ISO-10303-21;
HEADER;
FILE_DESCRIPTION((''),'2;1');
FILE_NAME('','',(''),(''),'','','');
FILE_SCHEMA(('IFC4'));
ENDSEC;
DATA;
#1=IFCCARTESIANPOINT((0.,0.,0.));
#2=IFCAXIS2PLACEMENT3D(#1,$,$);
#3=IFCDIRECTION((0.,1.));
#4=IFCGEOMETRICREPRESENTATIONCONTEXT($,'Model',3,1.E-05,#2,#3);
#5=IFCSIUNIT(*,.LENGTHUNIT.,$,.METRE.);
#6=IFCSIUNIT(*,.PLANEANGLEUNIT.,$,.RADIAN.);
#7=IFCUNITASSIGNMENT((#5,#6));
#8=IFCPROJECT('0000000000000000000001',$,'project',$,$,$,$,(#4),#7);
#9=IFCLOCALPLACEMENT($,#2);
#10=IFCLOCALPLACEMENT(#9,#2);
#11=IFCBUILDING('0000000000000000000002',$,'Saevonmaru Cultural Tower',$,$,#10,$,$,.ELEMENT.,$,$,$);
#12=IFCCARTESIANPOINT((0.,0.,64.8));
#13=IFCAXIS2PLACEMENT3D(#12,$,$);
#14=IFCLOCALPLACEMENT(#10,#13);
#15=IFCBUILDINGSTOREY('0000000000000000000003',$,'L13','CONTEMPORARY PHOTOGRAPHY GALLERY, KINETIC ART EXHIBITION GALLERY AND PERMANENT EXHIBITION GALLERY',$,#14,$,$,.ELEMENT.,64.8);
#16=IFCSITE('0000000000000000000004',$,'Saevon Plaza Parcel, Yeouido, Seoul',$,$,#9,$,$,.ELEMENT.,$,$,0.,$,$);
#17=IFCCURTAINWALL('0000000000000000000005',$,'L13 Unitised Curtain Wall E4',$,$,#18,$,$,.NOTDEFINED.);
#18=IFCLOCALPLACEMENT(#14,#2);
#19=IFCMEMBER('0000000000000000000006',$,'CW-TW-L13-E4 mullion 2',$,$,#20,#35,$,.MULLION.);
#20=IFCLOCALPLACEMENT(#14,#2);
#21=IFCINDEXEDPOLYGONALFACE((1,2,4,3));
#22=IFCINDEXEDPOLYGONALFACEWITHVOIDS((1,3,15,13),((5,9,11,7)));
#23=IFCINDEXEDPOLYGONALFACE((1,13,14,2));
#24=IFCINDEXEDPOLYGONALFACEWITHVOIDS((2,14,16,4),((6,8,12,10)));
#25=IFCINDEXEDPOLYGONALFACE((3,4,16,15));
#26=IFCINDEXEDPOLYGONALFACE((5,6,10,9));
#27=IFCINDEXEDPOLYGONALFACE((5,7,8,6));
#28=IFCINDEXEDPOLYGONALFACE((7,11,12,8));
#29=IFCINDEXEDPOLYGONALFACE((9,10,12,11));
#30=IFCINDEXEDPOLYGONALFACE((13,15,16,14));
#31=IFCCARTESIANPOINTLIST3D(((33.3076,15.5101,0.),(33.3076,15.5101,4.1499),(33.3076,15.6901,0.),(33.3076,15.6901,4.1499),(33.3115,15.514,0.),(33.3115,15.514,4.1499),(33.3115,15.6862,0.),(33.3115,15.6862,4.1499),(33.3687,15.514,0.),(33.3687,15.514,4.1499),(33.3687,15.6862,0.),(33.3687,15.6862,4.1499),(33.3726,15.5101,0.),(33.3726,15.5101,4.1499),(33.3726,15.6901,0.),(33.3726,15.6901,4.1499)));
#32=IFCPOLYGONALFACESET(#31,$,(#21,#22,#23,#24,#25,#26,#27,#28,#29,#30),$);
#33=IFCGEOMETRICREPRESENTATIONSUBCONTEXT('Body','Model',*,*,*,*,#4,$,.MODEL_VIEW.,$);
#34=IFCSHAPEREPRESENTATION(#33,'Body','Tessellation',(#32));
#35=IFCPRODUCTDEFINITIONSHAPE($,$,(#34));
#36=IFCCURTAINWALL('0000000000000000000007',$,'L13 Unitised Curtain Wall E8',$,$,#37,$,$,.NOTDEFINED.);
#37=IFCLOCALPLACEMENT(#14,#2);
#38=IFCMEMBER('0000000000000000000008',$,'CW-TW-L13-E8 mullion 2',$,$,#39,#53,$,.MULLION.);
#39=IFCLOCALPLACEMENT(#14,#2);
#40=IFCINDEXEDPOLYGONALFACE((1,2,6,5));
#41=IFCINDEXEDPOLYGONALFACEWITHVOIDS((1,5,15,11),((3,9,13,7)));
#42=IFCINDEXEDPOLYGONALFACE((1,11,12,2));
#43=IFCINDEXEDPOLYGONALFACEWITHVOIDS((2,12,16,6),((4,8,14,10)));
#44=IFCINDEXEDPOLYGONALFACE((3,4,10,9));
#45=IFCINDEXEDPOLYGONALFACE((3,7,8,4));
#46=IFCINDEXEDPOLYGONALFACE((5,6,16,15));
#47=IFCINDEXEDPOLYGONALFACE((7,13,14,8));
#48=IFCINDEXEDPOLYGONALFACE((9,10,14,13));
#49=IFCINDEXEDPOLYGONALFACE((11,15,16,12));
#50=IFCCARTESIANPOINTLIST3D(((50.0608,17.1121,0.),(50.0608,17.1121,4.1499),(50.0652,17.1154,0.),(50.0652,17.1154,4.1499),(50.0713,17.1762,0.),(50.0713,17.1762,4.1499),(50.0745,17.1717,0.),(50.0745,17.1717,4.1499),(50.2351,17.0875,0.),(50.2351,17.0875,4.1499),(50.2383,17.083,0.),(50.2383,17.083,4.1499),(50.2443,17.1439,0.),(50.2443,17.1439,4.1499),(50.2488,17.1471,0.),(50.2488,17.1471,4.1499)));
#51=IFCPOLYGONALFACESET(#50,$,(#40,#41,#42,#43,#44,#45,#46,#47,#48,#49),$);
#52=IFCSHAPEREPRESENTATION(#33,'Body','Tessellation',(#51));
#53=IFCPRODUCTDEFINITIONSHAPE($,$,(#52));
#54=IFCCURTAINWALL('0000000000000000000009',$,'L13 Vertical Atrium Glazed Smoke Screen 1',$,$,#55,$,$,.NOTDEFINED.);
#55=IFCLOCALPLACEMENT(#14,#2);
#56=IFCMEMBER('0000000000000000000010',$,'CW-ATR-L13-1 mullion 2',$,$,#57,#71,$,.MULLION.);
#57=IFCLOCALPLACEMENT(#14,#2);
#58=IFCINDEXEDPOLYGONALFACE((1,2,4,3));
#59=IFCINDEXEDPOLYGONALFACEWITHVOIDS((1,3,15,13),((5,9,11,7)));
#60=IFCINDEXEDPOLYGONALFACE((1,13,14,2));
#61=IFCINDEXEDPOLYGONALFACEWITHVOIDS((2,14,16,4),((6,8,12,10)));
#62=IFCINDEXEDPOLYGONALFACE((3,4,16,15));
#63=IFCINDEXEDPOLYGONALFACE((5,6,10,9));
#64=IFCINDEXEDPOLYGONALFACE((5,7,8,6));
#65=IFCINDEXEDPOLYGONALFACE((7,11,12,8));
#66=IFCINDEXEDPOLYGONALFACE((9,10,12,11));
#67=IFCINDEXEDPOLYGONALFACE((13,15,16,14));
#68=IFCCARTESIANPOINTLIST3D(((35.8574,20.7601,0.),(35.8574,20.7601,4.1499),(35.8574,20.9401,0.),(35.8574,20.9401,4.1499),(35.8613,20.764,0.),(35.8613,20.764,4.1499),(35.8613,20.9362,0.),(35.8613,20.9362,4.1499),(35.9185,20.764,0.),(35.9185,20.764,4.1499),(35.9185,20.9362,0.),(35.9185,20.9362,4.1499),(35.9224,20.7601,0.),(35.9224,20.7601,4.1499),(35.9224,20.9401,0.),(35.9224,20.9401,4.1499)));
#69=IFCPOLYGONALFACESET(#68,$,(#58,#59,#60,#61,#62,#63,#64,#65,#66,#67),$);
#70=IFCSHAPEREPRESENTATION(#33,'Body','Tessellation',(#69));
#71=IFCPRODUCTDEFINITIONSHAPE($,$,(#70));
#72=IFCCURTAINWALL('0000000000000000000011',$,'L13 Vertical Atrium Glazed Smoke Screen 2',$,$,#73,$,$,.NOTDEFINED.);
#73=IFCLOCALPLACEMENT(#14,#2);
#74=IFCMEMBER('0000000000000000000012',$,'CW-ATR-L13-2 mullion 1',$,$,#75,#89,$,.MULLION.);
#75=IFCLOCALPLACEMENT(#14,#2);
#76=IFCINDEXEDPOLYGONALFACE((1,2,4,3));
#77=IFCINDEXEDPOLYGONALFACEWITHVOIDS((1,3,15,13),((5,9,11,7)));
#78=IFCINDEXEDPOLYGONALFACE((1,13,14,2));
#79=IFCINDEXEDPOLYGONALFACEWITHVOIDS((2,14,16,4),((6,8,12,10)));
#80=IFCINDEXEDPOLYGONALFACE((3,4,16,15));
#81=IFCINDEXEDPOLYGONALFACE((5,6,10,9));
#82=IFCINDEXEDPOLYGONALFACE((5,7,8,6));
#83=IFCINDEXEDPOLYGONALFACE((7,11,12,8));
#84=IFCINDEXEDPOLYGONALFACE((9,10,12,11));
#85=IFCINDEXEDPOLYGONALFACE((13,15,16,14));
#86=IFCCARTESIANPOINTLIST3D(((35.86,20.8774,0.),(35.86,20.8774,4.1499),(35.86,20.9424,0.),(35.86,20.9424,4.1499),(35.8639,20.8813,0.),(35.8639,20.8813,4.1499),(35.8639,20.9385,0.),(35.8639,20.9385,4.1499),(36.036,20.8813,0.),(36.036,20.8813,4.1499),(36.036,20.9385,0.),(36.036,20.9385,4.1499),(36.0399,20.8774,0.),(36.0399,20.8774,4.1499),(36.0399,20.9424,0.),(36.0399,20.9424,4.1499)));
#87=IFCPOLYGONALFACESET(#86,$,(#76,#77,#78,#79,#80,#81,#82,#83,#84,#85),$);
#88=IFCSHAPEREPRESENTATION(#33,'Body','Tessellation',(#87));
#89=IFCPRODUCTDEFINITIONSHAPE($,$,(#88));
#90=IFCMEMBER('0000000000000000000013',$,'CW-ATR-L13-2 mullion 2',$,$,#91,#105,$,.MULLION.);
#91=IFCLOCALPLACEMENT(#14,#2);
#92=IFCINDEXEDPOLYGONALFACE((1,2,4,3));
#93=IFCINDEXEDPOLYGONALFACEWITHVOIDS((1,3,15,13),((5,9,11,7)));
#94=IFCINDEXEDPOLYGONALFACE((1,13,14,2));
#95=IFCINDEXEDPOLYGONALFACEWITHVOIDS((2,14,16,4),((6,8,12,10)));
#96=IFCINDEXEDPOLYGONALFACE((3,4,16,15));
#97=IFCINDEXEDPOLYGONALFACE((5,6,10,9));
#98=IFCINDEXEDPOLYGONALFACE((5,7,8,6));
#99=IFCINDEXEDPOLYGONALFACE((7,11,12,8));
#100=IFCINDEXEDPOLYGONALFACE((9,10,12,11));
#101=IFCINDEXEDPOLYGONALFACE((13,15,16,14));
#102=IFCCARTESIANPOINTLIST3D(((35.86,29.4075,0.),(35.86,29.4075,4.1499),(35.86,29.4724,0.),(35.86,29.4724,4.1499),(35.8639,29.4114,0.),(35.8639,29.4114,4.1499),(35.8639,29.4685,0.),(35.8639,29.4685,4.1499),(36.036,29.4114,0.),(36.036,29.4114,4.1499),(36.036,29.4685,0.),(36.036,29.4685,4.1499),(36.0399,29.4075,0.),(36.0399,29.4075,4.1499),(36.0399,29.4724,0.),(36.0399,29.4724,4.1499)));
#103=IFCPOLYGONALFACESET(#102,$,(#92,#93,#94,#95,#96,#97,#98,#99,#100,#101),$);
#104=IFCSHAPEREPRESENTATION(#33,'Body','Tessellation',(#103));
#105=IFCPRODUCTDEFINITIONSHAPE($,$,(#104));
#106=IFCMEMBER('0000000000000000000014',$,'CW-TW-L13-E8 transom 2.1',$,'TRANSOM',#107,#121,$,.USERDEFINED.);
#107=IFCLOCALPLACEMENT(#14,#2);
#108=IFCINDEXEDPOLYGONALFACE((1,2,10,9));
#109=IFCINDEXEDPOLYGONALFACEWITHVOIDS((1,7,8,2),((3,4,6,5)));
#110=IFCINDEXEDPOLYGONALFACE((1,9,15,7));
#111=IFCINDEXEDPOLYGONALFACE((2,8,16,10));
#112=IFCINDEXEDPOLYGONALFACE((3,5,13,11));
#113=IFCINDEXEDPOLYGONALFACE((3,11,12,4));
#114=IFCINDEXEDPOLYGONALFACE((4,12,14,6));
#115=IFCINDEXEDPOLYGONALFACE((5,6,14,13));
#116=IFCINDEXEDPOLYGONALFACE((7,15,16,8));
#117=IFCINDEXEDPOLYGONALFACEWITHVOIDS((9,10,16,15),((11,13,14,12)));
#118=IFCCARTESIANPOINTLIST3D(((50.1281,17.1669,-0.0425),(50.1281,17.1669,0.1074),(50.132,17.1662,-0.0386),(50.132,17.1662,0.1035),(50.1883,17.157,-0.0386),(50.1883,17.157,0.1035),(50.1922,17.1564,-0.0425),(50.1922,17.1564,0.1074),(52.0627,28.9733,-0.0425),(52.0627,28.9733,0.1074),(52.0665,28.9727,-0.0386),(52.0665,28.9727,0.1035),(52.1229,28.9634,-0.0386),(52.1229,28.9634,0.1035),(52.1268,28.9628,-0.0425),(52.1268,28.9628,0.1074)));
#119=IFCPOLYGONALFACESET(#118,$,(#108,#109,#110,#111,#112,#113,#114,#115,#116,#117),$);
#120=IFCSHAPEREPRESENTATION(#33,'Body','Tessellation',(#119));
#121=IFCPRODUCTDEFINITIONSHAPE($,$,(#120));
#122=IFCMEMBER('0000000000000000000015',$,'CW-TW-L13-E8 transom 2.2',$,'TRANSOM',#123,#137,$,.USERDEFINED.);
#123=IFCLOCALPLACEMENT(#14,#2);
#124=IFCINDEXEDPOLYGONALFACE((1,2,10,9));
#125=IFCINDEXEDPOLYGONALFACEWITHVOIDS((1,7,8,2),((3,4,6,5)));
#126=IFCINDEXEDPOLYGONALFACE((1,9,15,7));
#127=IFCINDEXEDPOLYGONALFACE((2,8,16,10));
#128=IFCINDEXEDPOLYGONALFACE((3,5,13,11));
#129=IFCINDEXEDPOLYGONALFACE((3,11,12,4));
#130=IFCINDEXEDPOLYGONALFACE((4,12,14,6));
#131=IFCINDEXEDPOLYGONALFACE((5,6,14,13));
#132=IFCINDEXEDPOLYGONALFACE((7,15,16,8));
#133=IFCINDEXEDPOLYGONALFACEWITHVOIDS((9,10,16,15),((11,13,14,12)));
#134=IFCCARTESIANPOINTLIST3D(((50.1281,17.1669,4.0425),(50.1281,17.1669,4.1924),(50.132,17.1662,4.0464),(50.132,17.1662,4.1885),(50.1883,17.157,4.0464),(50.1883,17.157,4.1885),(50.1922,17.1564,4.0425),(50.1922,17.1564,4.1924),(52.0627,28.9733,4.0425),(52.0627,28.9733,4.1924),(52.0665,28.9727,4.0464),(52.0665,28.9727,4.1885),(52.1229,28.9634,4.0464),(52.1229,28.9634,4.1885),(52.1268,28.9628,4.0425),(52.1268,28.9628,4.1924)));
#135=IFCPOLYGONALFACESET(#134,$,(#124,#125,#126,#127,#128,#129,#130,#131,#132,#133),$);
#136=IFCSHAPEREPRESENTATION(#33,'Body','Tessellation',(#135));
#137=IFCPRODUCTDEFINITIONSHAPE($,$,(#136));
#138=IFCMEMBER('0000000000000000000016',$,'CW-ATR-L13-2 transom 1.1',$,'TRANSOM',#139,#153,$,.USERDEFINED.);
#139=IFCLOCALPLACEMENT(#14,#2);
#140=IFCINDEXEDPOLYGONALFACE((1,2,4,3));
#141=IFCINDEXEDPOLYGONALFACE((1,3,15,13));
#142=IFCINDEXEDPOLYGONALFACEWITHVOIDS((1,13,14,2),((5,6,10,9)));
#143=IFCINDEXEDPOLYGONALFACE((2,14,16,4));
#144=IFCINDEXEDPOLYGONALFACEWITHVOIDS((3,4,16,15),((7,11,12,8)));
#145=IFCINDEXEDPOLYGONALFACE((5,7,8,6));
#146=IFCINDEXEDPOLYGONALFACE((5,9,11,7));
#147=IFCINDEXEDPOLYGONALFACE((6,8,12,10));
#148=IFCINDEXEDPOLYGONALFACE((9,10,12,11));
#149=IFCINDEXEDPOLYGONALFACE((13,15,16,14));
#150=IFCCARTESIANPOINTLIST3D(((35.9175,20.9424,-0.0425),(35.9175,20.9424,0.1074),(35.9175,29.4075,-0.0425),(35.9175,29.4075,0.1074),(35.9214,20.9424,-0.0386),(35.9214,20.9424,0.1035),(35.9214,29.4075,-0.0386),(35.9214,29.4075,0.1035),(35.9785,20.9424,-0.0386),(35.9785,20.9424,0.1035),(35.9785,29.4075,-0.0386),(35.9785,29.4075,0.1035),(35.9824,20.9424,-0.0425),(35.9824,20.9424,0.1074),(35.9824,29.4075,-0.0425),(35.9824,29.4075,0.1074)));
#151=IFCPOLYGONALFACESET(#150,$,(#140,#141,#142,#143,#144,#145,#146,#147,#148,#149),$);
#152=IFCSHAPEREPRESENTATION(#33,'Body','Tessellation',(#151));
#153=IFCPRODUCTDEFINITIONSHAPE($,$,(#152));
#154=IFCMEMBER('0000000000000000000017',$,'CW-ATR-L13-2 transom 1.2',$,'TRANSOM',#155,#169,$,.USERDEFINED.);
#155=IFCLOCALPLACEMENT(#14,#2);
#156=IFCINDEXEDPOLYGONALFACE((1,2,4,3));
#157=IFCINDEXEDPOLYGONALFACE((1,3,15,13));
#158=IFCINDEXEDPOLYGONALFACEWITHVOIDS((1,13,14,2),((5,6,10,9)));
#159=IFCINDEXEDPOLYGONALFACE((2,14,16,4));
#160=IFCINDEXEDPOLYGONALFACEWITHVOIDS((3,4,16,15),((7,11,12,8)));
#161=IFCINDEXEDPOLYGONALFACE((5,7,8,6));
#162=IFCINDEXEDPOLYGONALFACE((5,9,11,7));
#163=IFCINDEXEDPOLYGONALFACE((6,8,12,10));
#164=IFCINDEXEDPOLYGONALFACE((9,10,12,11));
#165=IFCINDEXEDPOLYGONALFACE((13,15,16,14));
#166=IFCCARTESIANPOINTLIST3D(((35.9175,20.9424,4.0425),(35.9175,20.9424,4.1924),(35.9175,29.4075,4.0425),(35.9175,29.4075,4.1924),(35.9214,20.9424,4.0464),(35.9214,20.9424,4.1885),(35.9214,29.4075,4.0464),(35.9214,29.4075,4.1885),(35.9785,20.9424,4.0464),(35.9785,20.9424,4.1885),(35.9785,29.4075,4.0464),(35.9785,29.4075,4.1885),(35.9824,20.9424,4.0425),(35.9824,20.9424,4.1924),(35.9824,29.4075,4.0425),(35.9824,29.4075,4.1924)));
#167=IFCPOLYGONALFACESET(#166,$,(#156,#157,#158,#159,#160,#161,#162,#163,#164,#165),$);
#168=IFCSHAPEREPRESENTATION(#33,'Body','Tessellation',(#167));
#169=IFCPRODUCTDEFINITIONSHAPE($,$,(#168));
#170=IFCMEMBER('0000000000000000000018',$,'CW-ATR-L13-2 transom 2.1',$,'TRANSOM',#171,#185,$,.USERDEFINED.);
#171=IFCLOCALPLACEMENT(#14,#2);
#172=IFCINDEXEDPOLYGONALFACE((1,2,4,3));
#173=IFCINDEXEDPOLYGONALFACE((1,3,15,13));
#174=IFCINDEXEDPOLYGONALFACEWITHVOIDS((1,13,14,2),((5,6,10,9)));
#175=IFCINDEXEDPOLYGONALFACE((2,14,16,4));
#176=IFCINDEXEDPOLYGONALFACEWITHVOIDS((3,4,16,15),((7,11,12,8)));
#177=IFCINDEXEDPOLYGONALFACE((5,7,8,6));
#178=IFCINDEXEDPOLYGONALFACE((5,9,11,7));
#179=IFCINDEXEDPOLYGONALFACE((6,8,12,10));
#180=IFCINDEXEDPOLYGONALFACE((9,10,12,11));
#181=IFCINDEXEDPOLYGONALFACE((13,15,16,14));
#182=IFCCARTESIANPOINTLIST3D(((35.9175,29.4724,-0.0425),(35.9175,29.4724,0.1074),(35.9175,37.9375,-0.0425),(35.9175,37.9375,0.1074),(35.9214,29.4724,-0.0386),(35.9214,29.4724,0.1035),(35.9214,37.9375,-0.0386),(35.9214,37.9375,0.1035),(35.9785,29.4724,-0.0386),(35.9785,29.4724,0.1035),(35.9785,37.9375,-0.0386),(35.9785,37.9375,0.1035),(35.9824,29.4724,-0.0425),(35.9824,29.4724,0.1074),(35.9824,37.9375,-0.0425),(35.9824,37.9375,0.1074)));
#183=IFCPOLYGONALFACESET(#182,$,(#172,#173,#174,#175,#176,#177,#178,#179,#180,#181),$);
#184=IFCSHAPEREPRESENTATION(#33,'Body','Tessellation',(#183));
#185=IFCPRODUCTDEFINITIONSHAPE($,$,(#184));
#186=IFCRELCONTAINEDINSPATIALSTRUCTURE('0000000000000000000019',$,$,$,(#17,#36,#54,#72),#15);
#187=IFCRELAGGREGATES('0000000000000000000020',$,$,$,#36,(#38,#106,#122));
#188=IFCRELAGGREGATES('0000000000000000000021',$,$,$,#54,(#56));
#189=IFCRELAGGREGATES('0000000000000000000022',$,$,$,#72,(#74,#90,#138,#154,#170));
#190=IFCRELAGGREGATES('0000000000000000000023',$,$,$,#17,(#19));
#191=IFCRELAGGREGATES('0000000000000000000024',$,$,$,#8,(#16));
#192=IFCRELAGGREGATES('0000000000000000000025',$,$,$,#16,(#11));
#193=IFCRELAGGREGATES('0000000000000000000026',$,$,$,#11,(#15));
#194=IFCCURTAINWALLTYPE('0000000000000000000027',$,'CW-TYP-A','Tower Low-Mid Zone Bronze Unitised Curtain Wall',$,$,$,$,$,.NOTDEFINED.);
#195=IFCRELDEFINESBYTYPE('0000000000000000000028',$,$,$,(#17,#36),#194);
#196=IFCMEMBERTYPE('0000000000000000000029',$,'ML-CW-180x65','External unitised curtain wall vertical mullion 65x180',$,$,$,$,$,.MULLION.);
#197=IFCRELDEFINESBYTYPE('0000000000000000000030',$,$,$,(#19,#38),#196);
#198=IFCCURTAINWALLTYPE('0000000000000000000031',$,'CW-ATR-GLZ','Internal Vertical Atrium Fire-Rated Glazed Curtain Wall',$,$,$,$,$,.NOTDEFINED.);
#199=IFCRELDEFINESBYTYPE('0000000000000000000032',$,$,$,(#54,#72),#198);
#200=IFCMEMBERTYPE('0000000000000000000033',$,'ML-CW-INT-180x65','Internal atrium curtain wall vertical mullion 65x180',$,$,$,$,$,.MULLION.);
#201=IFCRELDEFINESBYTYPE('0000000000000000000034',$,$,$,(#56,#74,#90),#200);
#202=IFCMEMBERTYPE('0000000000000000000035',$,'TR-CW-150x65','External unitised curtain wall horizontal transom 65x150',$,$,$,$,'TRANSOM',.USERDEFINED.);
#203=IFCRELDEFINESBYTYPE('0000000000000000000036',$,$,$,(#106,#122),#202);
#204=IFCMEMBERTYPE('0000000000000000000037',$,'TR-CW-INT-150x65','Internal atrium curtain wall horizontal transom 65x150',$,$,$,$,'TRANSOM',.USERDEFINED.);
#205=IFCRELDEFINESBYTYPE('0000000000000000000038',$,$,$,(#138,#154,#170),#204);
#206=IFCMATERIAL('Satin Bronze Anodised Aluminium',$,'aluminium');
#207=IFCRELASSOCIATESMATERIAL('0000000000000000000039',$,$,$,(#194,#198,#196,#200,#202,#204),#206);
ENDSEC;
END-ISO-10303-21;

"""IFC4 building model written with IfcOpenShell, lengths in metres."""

from ifc_helpers import new_model, si_unit, direction, frame, origin, origin_2d, place, context, subcontext, project, spatial, hollow_rectangle, extrude, material, material_profile, profile_set, type_object, element, aggregate, save


model = new_model("IFC4")

# Units and contexts
model_context = context("Model", 3, precision=1e-05, world=origin(), true_north=direction((0.0, 1.0)))
body_context = subcontext(model_context, "Body", "Model", "MODEL_VIEW")
ifc_project = project(units=[si_unit("LENGTHUNIT", "METRE"), si_unit("PLANEANGLEUNIT", "RADIAN")], contexts=[model_context])

# Site, building, storey
site_placement = place(None, origin())
site = spatial("IfcSite", under=ifc_project, at=site_placement, Name="Saevon Plaza Parcel, Yeouido, Seoul", CompositionType="ELEMENT", RefElevation=0.0)
building_placement = place(site_placement, origin())
building = spatial("IfcBuilding", under=site, at=building_placement, Name="Saevonmaru Cultural Tower", CompositionType="ELEMENT")
storey_placement = place(building_placement, frame((0.0, 0.0, 64.8)))
storey = spatial("IfcBuildingStorey", under=building, at=storey_placement, Name="L13", Description="CONTEMPORARY PHOTOGRAPHY GALLERY, KINETIC ART EXHIBITION GALLERY AND PERMANENT EXHIBITION GALLERY", CompositionType="ELEMENT", Elevation=64.8)

# Curtain walls, members
ifc_material_1 = material(Name="Satin Bronze Anodised Aluminium", Category="aluminium")
curtain_wall_type_1 = type_object("IfcCurtainWallType", Name="CW-TYP-A", Description="Tower Low-Mid Zone Bronze Unitised Curtain Wall", PredefinedType="NOTDEFINED", material=ifc_material_1)
curtain_wall_1_placement = place(storey_placement, origin())
curtain_wall_1 = element("IfcCurtainWall", 1, at=curtain_wall_1_placement, inside=storey, type_object=curtain_wall_type_1, Name="L13 Unitised Curtain Wall E4", PredefinedType="NOTDEFINED")
ifc_material_profile_1 = material_profile(ifc_material_1, hollow_rectangle(XDim=0.0649, YDim=0.1799, WallThickness=0.0039, at=origin_2d()), Name="ALU-MULL-180x65x4")
ifc_profile_set_1 = profile_set([ifc_material_profile_1], Name="Satin Bronze Anodised Aluminium")
member_type_1 = type_object("IfcMemberType", Name="ML-CW-180x65", Description="External unitised curtain wall vertical mullion 65x180", PredefinedType="MULLION", material=ifc_profile_set_1)
member_1_placement = place(storey_placement, frame((33.3401, 15.6001, 0.0), z_axis=(0.0, 0.0, 1.0), x_axis=(1.0, 0.0, 0.0)))
member_1 = element("IfcMember", 2, at=member_1_placement, type_object=member_type_1, Name="CW-TW-L13-E4 mullion 2", PredefinedType="MULLION", context=body_context, shape_type="SweptSolid", body=[
    extrude(hollow_rectangle(XDim=0.0649, YDim=0.1799, WallThickness=0.0039, at=origin_2d()), origin(), (0.0, 0.0, 1.0), 4.1499),
])
curtain_wall_2_placement = place(storey_placement, origin())
curtain_wall_2 = element("IfcCurtainWall", 3, at=curtain_wall_2_placement, inside=storey, type_object=curtain_wall_type_1, Name="L13 Unitised Curtain Wall E8", PredefinedType="NOTDEFINED")
member_2_placement = place(storey_placement, frame((50.1548, 17.1296, 0.0), z_axis=(0.0, 0.0, 1.0), x_axis=(0.161709, 0.986839, 0.0)))
member_2 = element("IfcMember", 4, at=member_2_placement, type_object=member_type_1, Name="CW-TW-L13-E8 mullion 2", PredefinedType="MULLION", context=body_context, shape_type="SweptSolid", body=[
    extrude(hollow_rectangle(XDim=0.0649, YDim=0.1799, WallThickness=0.0039, at=origin_2d()), origin(), (0.0, 0.0, 1.0), 4.1499),
])
curtain_wall_type_2 = type_object("IfcCurtainWallType", Name="CW-ATR-GLZ", Description="Internal Vertical Atrium Fire-Rated Glazed Curtain Wall", PredefinedType="NOTDEFINED", material=ifc_material_1)
curtain_wall_3_placement = place(storey_placement, origin())
curtain_wall_3 = element("IfcCurtainWall", 5, at=curtain_wall_3_placement, inside=storey, type_object=curtain_wall_type_2, Name="L13 Vertical Atrium Glazed Smoke Screen 1", PredefinedType="NOTDEFINED")
ifc_material_profile_2 = material_profile(ifc_material_1, hollow_rectangle(XDim=0.0649, YDim=0.1799, WallThickness=0.0039, at=origin_2d()), Name="ALU-MULL-180x65x4")
ifc_profile_set_2 = profile_set([ifc_material_profile_2], Name="Satin Bronze Anodised Aluminium")
member_type_2 = type_object("IfcMemberType", Name="ML-CW-INT-180x65", Description="Internal atrium curtain wall vertical mullion 65x180", PredefinedType="MULLION", material=ifc_profile_set_2)
member_3_placement = place(storey_placement, frame((35.8899, 20.8501, 0.0), z_axis=(0.0, 0.0, 1.0), x_axis=(1.0, 0.0, 0.0)))
member_3 = element("IfcMember", 6, at=member_3_placement, type_object=member_type_2, Name="CW-ATR-L13-1 mullion 2", PredefinedType="MULLION", context=body_context, shape_type="SweptSolid", body=[
    extrude(hollow_rectangle(XDim=0.0649, YDim=0.1799, WallThickness=0.0039, at=origin_2d()), origin(), (0.0, 0.0, 1.0), 4.1499),
])

# Curtain wall, members
curtain_wall_4_placement = place(storey_placement, origin())
curtain_wall_4 = element("IfcCurtainWall", 7, at=curtain_wall_4_placement, inside=storey, type_object=curtain_wall_type_2, Name="L13 Vertical Atrium Glazed Smoke Screen 2", PredefinedType="NOTDEFINED")
member_4_placement = place(storey_placement, frame((35.95, 20.9099, 0.0), z_axis=(0.0, 0.0, 1.0), x_axis=(0.0, 1.0, 0.0)))
member_4 = element("IfcMember", 8, at=member_4_placement, type_object=member_type_2, Name="CW-ATR-L13-2 mullion 1", PredefinedType="MULLION", context=body_context, shape_type="SweptSolid", body=[
    extrude(hollow_rectangle(XDim=0.0649, YDim=0.1799, WallThickness=0.0039, at=origin_2d()), origin(), (0.0, 0.0, 1.0), 4.1499),
])
member_5_placement = place(storey_placement, frame((35.95, 29.4399, 0.0), z_axis=(0.0, 0.0, 1.0), x_axis=(0.0, 1.0, 0.0)))
member_5 = element("IfcMember", 9, at=member_5_placement, type_object=member_type_2, Name="CW-ATR-L13-2 mullion 2", PredefinedType="MULLION", context=body_context, shape_type="SweptSolid", body=[
    extrude(hollow_rectangle(XDim=0.0649, YDim=0.1799, WallThickness=0.0039, at=origin_2d()), origin(), (0.0, 0.0, 1.0), 4.1499),
])

# Members
ifc_material_profile_3 = material_profile(ifc_material_1, hollow_rectangle(XDim=0.0649, YDim=0.1499, WallThickness=0.0039, at=origin_2d()), Name="ALU-TRAN-150x65x4")
ifc_profile_set_3 = profile_set([ifc_material_profile_3], Name="Satin Bronze Anodised Aluminium")
member_type_3 = type_object("IfcMemberType", Name="TR-CW-150x65", Description="External unitised curtain wall horizontal transom 65x150", ElementType="TRANSOM", PredefinedType="USERDEFINED", material=ifc_profile_set_3)
member_6_placement = place(storey_placement, frame((50.1602, 17.1616, 0.0325), z_axis=(0.161701, 0.98684, 0.0), x_axis=(-0.98684, 0.161701, 0.0)))
member_6 = element("IfcMember", 10, at=member_6_placement, type_object=member_type_3, Name="CW-TW-L13-E8 transom 2.1", ObjectType="TRANSOM", PredefinedType="USERDEFINED", context=body_context, shape_type="SweptSolid", body=[
    extrude(hollow_rectangle(XDim=0.0649, YDim=0.1499, WallThickness=0.0039, at=origin_2d()), origin(), (0.0, 0.0, 1.0), 11.9639),
])
member_7_placement = place(storey_placement, frame((50.1602, 17.1616, 4.1174), z_axis=(0.161701, 0.98684, 0.0), x_axis=(-0.98684, 0.161701, 0.0)))
member_7 = element("IfcMember", 11, at=member_7_placement, type_object=member_type_3, Name="CW-TW-L13-E8 transom 2.2", ObjectType="TRANSOM", PredefinedType="USERDEFINED", context=body_context, shape_type="SweptSolid", body=[
    extrude(hollow_rectangle(XDim=0.0649, YDim=0.1499, WallThickness=0.0039, at=origin_2d()), origin(), (0.0, 0.0, 1.0), 11.9639),
])
aggregate(curtain_wall_2, [member_2, member_6, member_7])
ifc_material_profile_4 = material_profile(ifc_material_1, hollow_rectangle(XDim=0.0649, YDim=0.1499, WallThickness=0.0039, at=origin_2d()), Name="ALU-TRAN-150x65x4")
ifc_profile_set_4 = profile_set([ifc_material_profile_4], Name="Satin Bronze Anodised Aluminium")
member_type_4 = type_object("IfcMemberType", Name="TR-CW-INT-150x65", Description="Internal atrium curtain wall horizontal transom 65x150", ElementType="TRANSOM", PredefinedType="USERDEFINED", material=ifc_profile_set_4)
member_8_placement = place(storey_placement, frame((35.95, 20.9424, 0.0325), z_axis=(0.0, 1.0, 0.0), x_axis=(-1.0, 0.0, 0.0)))
member_8 = element("IfcMember", 12, at=member_8_placement, type_object=member_type_4, Name="CW-ATR-L13-2 transom 1.1", ObjectType="TRANSOM", PredefinedType="USERDEFINED", context=body_context, shape_type="SweptSolid", body=[
    extrude(hollow_rectangle(XDim=0.0649, YDim=0.1499, WallThickness=0.0039, at=origin_2d()), origin(), (0.0, 0.0, 1.0), 8.4651),
])
member_9_placement = place(storey_placement, frame((35.95, 20.9424, 4.1174), z_axis=(0.0, 1.0, 0.0), x_axis=(-1.0, 0.0, 0.0)))
member_9 = element("IfcMember", 13, at=member_9_placement, type_object=member_type_4, Name="CW-ATR-L13-2 transom 1.2", ObjectType="TRANSOM", PredefinedType="USERDEFINED", context=body_context, shape_type="SweptSolid", body=[
    extrude(hollow_rectangle(XDim=0.0649, YDim=0.1499, WallThickness=0.0039, at=origin_2d()), origin(), (0.0, 0.0, 1.0), 8.4651),
])
member_10_placement = place(storey_placement, frame((35.95, 29.4724, 0.0325), z_axis=(0.0, 1.0, 0.0), x_axis=(-1.0, 0.0, 0.0)))
member_10 = element("IfcMember", 14, at=member_10_placement, type_object=member_type_4, Name="CW-ATR-L13-2 transom 2.1", ObjectType="TRANSOM", PredefinedType="USERDEFINED", context=body_context, shape_type="SweptSolid", body=[
    extrude(hollow_rectangle(XDim=0.0649, YDim=0.1499, WallThickness=0.0039, at=origin_2d()), origin(), (0.0, 0.0, 1.0), 8.4651),
])

aggregate(curtain_wall_3, [member_3])
aggregate(curtain_wall_4, [member_4, member_5, member_8, member_9, member_10])
aggregate(curtain_wall_1, [member_1])

save(model, "model.ifc")
